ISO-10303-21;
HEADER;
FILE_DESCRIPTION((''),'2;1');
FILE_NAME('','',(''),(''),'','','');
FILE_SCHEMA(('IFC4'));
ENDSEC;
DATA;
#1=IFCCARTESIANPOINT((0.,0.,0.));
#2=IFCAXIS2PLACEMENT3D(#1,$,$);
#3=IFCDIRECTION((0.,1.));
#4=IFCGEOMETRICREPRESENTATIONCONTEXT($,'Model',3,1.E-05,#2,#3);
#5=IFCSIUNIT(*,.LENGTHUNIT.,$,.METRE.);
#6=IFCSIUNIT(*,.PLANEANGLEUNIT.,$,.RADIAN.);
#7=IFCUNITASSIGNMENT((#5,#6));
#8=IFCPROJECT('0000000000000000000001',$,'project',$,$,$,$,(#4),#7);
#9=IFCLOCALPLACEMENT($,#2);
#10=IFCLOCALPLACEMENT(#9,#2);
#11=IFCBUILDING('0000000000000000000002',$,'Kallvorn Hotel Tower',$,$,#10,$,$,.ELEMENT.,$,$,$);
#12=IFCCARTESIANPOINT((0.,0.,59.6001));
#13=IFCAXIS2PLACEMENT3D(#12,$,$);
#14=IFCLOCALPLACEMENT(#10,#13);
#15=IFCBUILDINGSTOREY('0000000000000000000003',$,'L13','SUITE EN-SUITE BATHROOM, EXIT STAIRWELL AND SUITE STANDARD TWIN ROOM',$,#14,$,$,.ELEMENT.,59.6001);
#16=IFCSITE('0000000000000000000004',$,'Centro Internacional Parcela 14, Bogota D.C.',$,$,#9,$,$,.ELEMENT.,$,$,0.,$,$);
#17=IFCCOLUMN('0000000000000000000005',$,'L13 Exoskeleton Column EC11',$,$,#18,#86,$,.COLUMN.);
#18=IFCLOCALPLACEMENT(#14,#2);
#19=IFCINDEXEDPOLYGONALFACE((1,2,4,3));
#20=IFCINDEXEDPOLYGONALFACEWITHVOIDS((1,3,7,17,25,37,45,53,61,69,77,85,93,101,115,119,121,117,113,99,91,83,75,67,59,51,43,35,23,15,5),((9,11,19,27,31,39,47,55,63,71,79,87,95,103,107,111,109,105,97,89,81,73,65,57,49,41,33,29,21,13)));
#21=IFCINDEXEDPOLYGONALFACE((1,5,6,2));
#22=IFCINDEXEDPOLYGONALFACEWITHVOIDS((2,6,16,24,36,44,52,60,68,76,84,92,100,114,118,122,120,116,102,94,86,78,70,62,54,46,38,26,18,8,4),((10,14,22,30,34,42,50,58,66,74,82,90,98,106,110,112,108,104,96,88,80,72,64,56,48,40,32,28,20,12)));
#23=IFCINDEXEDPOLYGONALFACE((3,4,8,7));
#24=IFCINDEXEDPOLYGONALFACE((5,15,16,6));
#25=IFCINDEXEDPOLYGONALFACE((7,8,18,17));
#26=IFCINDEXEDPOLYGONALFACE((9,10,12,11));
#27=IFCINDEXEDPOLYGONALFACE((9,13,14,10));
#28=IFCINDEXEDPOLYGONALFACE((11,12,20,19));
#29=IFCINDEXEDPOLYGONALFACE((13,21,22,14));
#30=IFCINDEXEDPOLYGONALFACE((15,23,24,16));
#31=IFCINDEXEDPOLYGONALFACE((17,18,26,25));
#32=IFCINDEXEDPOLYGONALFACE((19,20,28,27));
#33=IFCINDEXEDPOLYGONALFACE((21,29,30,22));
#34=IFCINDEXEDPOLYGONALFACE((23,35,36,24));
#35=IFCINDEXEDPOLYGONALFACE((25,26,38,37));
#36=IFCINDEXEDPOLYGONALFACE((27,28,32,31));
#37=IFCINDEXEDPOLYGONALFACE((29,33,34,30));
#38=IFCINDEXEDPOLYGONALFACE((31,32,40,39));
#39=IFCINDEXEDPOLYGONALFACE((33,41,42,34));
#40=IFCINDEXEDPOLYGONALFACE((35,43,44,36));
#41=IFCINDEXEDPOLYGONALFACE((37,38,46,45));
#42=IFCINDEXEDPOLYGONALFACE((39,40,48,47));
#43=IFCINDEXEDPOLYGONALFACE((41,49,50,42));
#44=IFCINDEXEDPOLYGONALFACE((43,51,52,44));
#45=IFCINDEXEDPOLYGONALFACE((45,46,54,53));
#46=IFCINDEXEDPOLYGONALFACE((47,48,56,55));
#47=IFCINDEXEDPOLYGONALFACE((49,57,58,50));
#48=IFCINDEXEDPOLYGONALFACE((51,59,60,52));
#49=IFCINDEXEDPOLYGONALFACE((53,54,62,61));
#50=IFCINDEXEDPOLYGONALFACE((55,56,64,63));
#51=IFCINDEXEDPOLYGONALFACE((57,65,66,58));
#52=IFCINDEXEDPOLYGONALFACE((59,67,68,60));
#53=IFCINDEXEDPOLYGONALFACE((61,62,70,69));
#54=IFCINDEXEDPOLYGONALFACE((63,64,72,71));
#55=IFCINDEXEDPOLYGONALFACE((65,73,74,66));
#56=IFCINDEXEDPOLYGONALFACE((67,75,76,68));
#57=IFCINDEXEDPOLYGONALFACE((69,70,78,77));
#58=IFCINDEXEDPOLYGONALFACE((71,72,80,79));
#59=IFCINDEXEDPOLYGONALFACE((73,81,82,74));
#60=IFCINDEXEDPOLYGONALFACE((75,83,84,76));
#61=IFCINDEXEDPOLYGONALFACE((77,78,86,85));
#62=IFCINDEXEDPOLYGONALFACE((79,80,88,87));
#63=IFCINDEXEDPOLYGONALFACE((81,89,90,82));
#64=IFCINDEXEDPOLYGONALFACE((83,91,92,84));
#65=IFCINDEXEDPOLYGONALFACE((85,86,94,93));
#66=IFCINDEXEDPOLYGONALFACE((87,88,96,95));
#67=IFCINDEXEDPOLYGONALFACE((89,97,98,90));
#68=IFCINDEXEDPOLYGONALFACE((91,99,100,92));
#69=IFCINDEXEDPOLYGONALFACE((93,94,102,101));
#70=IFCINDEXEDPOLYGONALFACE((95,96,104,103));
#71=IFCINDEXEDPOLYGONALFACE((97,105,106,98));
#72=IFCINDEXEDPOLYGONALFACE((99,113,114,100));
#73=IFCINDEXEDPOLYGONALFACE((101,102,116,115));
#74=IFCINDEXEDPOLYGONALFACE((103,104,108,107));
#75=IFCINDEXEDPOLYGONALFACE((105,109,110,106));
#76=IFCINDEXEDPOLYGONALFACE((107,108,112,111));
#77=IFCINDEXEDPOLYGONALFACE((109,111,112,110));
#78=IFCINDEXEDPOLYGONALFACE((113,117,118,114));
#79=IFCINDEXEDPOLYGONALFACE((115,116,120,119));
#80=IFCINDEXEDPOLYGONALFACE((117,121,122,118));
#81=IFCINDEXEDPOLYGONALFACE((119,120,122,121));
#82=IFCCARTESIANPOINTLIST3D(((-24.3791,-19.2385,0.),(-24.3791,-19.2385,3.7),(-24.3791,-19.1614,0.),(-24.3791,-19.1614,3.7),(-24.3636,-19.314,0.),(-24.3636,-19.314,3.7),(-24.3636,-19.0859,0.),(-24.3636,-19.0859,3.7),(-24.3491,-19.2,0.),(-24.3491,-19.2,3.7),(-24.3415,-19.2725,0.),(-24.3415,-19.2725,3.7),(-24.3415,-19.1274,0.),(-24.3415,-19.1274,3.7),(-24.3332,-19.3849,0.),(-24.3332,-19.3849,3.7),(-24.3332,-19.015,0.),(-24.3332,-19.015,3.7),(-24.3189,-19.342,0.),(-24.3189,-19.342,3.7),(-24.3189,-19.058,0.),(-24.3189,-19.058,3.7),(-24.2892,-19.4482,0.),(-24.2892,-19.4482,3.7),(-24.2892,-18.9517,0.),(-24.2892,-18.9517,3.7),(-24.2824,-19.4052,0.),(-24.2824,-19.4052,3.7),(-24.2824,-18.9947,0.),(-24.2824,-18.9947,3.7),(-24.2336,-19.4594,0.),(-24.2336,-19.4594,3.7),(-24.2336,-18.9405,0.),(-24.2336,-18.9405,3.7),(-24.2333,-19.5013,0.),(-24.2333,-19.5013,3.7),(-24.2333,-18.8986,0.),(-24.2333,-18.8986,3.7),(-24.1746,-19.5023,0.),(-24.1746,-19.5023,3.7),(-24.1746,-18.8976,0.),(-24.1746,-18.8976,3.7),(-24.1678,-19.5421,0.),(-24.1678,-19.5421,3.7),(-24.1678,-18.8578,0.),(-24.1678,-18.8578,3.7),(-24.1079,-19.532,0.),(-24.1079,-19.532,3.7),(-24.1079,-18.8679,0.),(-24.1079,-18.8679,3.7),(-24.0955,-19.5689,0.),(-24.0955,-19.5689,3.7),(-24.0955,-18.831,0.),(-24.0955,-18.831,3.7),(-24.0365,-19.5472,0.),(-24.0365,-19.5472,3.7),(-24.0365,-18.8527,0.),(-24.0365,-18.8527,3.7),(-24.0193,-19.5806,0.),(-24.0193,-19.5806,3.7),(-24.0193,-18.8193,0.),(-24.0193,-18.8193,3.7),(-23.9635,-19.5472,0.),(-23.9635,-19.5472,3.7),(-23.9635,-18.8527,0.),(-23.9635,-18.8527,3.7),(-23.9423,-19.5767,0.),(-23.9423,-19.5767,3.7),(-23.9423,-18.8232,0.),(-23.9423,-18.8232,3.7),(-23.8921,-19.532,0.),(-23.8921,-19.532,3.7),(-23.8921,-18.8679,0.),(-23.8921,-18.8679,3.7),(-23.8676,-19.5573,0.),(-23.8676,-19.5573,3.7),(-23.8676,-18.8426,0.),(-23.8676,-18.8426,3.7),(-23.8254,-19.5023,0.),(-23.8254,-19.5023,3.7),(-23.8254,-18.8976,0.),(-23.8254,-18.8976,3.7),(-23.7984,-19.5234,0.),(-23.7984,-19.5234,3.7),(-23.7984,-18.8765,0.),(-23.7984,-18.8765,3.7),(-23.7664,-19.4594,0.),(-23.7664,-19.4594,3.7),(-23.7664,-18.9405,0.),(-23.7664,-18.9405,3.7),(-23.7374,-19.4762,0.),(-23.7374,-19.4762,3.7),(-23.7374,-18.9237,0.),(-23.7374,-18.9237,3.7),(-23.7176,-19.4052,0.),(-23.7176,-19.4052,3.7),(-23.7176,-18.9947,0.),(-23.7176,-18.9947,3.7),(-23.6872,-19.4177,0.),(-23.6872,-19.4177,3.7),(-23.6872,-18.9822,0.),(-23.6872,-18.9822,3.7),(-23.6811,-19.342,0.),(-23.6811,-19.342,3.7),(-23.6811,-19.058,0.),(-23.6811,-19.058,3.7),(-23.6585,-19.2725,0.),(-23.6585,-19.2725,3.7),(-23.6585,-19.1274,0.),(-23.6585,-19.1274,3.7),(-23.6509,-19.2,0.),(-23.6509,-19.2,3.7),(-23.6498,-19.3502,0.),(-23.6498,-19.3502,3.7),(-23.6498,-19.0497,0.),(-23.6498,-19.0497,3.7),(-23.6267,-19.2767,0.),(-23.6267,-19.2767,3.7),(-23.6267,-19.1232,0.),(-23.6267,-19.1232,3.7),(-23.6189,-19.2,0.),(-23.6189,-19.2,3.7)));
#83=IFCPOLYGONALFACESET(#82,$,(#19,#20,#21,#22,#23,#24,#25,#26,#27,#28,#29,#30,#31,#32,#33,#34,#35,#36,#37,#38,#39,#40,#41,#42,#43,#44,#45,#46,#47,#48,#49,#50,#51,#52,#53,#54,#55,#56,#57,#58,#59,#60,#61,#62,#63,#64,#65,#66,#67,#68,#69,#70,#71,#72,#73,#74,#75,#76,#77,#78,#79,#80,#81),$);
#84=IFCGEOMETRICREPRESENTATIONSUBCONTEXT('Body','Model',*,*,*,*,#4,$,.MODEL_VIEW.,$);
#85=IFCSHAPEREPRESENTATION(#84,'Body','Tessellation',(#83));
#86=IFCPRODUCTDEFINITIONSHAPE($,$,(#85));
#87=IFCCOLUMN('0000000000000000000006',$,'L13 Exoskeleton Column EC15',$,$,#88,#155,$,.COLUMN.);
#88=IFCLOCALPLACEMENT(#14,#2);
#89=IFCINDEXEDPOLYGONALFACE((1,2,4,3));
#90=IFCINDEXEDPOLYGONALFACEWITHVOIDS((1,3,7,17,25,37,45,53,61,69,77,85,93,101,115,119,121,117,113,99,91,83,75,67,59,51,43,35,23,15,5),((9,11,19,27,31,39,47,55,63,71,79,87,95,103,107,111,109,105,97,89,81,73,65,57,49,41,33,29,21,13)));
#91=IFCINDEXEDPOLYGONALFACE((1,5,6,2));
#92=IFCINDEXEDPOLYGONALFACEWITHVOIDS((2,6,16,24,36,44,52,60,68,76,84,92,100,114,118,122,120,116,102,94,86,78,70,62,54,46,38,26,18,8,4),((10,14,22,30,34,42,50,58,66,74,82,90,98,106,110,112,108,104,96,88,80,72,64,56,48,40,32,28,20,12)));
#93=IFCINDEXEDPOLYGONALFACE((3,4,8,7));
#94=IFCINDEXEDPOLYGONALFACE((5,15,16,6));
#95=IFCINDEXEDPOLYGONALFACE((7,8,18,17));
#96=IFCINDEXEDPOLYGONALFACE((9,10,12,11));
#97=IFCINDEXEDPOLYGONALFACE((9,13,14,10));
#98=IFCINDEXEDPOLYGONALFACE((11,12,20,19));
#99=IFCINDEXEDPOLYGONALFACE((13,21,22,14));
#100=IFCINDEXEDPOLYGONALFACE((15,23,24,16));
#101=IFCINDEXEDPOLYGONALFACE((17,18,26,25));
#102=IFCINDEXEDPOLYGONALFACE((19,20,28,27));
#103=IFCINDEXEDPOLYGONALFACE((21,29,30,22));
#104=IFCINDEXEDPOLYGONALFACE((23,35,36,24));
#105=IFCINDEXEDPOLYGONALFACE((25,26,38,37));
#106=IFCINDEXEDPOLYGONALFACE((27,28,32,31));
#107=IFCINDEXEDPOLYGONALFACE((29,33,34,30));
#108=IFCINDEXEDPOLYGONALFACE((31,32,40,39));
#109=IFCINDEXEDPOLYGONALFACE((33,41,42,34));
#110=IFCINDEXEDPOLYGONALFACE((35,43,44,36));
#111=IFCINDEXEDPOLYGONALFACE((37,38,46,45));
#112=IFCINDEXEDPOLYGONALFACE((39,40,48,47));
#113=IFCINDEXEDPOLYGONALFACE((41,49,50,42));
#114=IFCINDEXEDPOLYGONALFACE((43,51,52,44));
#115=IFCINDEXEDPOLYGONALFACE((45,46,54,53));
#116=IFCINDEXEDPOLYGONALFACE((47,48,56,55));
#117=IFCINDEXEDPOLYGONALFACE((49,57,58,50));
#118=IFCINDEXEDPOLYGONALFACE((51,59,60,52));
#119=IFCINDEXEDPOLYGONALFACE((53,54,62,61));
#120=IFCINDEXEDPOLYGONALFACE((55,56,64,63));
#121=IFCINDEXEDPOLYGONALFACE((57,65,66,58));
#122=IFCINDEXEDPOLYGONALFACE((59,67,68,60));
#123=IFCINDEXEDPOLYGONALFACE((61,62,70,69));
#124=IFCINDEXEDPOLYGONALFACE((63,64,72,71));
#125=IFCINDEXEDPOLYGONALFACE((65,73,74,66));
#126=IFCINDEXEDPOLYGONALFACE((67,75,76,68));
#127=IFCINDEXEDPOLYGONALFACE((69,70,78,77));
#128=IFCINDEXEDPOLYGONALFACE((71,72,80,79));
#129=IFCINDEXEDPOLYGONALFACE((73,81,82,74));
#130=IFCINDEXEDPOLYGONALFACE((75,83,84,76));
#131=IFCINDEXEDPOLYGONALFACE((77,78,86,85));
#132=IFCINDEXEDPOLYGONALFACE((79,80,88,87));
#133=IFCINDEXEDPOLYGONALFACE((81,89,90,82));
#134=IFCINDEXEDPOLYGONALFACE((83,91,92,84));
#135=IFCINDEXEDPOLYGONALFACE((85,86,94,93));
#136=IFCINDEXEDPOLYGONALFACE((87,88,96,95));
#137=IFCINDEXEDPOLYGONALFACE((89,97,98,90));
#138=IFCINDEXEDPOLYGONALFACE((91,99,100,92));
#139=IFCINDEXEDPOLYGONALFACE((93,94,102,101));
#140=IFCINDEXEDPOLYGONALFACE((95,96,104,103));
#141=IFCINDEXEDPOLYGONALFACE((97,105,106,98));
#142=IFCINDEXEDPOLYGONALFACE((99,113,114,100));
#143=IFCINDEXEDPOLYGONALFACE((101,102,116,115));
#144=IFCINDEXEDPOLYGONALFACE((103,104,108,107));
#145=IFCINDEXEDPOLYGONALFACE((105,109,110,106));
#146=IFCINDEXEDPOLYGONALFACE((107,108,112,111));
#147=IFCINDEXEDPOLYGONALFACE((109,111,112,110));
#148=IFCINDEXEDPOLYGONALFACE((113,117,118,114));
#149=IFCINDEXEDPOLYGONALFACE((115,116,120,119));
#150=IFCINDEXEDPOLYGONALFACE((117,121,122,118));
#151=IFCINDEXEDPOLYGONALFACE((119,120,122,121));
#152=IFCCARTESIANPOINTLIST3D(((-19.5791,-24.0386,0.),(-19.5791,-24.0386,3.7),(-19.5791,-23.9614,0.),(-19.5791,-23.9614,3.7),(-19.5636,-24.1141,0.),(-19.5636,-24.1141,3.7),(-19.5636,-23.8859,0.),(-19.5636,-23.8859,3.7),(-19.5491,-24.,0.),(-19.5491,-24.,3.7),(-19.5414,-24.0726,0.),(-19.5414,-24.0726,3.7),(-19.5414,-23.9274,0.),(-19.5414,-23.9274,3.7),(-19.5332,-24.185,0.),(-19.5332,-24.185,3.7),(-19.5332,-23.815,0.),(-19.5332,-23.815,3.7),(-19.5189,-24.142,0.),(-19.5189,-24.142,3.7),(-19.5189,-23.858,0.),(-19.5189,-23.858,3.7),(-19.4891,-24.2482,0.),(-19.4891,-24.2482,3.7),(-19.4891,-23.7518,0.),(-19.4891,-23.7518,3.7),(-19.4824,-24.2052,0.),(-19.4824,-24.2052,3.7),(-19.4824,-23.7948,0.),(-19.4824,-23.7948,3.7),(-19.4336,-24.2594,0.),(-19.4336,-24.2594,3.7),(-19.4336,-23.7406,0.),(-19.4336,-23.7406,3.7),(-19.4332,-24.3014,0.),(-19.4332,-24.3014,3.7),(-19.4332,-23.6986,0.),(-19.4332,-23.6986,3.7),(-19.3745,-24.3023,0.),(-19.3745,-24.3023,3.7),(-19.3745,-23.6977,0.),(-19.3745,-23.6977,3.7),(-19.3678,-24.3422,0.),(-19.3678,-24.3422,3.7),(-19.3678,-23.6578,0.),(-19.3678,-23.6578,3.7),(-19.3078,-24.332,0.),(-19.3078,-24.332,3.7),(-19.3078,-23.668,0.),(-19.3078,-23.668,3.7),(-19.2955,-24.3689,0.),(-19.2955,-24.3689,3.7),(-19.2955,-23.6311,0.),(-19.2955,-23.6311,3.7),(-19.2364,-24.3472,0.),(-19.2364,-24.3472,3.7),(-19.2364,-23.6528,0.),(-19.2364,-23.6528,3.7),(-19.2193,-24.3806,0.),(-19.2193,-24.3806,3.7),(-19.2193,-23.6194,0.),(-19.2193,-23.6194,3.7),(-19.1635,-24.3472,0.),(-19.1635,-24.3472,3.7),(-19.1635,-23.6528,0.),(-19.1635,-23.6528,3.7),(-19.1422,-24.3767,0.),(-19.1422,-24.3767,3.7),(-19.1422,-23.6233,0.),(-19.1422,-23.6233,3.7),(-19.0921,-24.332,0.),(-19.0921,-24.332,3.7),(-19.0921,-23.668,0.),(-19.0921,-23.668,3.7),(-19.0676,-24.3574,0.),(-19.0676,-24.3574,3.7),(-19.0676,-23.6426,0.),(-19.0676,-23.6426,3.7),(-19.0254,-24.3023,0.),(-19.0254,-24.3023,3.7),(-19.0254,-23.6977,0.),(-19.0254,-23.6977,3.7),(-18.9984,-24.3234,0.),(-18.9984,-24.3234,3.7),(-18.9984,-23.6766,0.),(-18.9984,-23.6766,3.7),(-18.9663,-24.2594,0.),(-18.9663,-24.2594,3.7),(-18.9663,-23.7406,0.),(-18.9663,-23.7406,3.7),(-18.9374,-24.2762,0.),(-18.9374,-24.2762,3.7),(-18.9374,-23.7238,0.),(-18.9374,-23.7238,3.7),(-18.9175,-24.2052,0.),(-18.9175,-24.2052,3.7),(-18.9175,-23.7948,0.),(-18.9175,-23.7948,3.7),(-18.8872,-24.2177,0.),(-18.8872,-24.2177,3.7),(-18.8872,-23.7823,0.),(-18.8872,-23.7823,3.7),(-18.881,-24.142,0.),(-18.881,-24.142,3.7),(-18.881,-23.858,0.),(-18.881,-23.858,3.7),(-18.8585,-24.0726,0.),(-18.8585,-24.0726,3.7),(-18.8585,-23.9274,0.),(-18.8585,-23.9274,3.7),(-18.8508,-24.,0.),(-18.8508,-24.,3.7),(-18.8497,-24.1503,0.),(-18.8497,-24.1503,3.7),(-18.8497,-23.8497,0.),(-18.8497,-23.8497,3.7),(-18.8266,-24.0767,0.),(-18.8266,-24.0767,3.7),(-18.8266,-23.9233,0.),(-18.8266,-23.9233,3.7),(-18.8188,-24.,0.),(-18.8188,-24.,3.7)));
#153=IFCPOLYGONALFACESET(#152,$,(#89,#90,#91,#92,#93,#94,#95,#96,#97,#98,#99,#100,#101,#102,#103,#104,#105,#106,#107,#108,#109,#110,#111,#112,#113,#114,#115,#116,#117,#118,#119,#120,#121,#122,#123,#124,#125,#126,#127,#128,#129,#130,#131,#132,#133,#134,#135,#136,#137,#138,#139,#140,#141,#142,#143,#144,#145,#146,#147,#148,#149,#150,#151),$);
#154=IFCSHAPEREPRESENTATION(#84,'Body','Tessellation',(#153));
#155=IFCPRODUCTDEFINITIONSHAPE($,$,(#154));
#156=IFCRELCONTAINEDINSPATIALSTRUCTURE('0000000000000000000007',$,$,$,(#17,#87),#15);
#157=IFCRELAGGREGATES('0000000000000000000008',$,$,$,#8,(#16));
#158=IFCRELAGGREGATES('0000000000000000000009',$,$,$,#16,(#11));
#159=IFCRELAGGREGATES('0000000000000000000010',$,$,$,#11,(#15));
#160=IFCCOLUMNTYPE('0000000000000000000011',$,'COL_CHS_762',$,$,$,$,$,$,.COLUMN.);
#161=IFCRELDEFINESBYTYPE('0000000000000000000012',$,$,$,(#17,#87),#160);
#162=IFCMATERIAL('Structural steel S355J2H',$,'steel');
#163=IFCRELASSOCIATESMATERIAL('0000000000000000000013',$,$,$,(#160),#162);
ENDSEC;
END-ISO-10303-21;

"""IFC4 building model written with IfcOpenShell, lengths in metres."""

from ifc_helpers import new_model, si_unit, direction, frame, origin, origin_2d, place, context, subcontext, project, spatial, hollow_circle, extrude, material, material_profile, profile_set, type_object, element, save


model = new_model("IFC4")

# Units and contexts
model_context = context("Model", 3, precision=1e-05, world=origin(), true_north=direction((0.0, 1.0)))
body_context = subcontext(model_context, "Body", "Model", "MODEL_VIEW")
ifc_project = project(units=[si_unit("LENGTHUNIT", "METRE"), si_unit("PLANEANGLEUNIT", "RADIAN")], contexts=[model_context])

# Site, building, storey
site_placement = place(None, origin())
site = spatial("IfcSite", under=ifc_project, at=site_placement, Name="Centro Internacional Parcela 14, Bogota D.C.", CompositionType="ELEMENT", RefElevation=0.0)
building_placement = place(site_placement, origin())
building = spatial("IfcBuilding", under=site, at=building_placement, Name="Kallvorn Hotel Tower", CompositionType="ELEMENT")
storey_placement = place(building_placement, frame((0.0, 0.0, 59.6001)))
storey = spatial("IfcBuildingStorey", under=building, at=storey_placement, Name="L13", Description="SUITE EN-SUITE BATHROOM, EXIT STAIRWELL AND SUITE STANDARD TWIN ROOM", CompositionType="ELEMENT", Elevation=59.6001)

# Columns
ifc_material_1 = material(Name="Structural steel S355J2H", Category="steel")
ifc_material_profile_1 = material_profile(ifc_material_1, hollow_circle(Radius=0.3811, WallThickness=0.032, at=origin_2d()), Name="CHS 762x32")
ifc_profile_set_1 = profile_set([ifc_material_profile_1], Name="Structural steel S355J2H")
column_type = type_object("IfcColumnType", Name="COL_CHS_762", PredefinedType="COLUMN", material=ifc_profile_set_1)
for number, where, z_axis, x_axis, name in (
    (1, (-24.0, -19.2, 0.0), (0.0, 0.0, 1.0), (1.0, 0.0, 0.0), "L13 Exoskeleton Column EC11"),
    (2, (-19.2, -24.0, 0.0), (0.0, 0.0, 1.0), (1.0, 0.0, 0.0), "L13 Exoskeleton Column EC15"),
):
    element("IfcColumn", number, at=place(storey_placement, frame(where, z_axis=z_axis, x_axis=x_axis)), inside=storey, type_object=column_type, Name=name, PredefinedType="COLUMN", context=body_context, shape_type="SweptSolid", body=[
        extrude(hollow_circle(Radius=0.3811, WallThickness=0.032, at=origin_2d()), origin(), (0.0, 0.0, 1.0), 3.7),
    ])

save(model, "model.ifc")
